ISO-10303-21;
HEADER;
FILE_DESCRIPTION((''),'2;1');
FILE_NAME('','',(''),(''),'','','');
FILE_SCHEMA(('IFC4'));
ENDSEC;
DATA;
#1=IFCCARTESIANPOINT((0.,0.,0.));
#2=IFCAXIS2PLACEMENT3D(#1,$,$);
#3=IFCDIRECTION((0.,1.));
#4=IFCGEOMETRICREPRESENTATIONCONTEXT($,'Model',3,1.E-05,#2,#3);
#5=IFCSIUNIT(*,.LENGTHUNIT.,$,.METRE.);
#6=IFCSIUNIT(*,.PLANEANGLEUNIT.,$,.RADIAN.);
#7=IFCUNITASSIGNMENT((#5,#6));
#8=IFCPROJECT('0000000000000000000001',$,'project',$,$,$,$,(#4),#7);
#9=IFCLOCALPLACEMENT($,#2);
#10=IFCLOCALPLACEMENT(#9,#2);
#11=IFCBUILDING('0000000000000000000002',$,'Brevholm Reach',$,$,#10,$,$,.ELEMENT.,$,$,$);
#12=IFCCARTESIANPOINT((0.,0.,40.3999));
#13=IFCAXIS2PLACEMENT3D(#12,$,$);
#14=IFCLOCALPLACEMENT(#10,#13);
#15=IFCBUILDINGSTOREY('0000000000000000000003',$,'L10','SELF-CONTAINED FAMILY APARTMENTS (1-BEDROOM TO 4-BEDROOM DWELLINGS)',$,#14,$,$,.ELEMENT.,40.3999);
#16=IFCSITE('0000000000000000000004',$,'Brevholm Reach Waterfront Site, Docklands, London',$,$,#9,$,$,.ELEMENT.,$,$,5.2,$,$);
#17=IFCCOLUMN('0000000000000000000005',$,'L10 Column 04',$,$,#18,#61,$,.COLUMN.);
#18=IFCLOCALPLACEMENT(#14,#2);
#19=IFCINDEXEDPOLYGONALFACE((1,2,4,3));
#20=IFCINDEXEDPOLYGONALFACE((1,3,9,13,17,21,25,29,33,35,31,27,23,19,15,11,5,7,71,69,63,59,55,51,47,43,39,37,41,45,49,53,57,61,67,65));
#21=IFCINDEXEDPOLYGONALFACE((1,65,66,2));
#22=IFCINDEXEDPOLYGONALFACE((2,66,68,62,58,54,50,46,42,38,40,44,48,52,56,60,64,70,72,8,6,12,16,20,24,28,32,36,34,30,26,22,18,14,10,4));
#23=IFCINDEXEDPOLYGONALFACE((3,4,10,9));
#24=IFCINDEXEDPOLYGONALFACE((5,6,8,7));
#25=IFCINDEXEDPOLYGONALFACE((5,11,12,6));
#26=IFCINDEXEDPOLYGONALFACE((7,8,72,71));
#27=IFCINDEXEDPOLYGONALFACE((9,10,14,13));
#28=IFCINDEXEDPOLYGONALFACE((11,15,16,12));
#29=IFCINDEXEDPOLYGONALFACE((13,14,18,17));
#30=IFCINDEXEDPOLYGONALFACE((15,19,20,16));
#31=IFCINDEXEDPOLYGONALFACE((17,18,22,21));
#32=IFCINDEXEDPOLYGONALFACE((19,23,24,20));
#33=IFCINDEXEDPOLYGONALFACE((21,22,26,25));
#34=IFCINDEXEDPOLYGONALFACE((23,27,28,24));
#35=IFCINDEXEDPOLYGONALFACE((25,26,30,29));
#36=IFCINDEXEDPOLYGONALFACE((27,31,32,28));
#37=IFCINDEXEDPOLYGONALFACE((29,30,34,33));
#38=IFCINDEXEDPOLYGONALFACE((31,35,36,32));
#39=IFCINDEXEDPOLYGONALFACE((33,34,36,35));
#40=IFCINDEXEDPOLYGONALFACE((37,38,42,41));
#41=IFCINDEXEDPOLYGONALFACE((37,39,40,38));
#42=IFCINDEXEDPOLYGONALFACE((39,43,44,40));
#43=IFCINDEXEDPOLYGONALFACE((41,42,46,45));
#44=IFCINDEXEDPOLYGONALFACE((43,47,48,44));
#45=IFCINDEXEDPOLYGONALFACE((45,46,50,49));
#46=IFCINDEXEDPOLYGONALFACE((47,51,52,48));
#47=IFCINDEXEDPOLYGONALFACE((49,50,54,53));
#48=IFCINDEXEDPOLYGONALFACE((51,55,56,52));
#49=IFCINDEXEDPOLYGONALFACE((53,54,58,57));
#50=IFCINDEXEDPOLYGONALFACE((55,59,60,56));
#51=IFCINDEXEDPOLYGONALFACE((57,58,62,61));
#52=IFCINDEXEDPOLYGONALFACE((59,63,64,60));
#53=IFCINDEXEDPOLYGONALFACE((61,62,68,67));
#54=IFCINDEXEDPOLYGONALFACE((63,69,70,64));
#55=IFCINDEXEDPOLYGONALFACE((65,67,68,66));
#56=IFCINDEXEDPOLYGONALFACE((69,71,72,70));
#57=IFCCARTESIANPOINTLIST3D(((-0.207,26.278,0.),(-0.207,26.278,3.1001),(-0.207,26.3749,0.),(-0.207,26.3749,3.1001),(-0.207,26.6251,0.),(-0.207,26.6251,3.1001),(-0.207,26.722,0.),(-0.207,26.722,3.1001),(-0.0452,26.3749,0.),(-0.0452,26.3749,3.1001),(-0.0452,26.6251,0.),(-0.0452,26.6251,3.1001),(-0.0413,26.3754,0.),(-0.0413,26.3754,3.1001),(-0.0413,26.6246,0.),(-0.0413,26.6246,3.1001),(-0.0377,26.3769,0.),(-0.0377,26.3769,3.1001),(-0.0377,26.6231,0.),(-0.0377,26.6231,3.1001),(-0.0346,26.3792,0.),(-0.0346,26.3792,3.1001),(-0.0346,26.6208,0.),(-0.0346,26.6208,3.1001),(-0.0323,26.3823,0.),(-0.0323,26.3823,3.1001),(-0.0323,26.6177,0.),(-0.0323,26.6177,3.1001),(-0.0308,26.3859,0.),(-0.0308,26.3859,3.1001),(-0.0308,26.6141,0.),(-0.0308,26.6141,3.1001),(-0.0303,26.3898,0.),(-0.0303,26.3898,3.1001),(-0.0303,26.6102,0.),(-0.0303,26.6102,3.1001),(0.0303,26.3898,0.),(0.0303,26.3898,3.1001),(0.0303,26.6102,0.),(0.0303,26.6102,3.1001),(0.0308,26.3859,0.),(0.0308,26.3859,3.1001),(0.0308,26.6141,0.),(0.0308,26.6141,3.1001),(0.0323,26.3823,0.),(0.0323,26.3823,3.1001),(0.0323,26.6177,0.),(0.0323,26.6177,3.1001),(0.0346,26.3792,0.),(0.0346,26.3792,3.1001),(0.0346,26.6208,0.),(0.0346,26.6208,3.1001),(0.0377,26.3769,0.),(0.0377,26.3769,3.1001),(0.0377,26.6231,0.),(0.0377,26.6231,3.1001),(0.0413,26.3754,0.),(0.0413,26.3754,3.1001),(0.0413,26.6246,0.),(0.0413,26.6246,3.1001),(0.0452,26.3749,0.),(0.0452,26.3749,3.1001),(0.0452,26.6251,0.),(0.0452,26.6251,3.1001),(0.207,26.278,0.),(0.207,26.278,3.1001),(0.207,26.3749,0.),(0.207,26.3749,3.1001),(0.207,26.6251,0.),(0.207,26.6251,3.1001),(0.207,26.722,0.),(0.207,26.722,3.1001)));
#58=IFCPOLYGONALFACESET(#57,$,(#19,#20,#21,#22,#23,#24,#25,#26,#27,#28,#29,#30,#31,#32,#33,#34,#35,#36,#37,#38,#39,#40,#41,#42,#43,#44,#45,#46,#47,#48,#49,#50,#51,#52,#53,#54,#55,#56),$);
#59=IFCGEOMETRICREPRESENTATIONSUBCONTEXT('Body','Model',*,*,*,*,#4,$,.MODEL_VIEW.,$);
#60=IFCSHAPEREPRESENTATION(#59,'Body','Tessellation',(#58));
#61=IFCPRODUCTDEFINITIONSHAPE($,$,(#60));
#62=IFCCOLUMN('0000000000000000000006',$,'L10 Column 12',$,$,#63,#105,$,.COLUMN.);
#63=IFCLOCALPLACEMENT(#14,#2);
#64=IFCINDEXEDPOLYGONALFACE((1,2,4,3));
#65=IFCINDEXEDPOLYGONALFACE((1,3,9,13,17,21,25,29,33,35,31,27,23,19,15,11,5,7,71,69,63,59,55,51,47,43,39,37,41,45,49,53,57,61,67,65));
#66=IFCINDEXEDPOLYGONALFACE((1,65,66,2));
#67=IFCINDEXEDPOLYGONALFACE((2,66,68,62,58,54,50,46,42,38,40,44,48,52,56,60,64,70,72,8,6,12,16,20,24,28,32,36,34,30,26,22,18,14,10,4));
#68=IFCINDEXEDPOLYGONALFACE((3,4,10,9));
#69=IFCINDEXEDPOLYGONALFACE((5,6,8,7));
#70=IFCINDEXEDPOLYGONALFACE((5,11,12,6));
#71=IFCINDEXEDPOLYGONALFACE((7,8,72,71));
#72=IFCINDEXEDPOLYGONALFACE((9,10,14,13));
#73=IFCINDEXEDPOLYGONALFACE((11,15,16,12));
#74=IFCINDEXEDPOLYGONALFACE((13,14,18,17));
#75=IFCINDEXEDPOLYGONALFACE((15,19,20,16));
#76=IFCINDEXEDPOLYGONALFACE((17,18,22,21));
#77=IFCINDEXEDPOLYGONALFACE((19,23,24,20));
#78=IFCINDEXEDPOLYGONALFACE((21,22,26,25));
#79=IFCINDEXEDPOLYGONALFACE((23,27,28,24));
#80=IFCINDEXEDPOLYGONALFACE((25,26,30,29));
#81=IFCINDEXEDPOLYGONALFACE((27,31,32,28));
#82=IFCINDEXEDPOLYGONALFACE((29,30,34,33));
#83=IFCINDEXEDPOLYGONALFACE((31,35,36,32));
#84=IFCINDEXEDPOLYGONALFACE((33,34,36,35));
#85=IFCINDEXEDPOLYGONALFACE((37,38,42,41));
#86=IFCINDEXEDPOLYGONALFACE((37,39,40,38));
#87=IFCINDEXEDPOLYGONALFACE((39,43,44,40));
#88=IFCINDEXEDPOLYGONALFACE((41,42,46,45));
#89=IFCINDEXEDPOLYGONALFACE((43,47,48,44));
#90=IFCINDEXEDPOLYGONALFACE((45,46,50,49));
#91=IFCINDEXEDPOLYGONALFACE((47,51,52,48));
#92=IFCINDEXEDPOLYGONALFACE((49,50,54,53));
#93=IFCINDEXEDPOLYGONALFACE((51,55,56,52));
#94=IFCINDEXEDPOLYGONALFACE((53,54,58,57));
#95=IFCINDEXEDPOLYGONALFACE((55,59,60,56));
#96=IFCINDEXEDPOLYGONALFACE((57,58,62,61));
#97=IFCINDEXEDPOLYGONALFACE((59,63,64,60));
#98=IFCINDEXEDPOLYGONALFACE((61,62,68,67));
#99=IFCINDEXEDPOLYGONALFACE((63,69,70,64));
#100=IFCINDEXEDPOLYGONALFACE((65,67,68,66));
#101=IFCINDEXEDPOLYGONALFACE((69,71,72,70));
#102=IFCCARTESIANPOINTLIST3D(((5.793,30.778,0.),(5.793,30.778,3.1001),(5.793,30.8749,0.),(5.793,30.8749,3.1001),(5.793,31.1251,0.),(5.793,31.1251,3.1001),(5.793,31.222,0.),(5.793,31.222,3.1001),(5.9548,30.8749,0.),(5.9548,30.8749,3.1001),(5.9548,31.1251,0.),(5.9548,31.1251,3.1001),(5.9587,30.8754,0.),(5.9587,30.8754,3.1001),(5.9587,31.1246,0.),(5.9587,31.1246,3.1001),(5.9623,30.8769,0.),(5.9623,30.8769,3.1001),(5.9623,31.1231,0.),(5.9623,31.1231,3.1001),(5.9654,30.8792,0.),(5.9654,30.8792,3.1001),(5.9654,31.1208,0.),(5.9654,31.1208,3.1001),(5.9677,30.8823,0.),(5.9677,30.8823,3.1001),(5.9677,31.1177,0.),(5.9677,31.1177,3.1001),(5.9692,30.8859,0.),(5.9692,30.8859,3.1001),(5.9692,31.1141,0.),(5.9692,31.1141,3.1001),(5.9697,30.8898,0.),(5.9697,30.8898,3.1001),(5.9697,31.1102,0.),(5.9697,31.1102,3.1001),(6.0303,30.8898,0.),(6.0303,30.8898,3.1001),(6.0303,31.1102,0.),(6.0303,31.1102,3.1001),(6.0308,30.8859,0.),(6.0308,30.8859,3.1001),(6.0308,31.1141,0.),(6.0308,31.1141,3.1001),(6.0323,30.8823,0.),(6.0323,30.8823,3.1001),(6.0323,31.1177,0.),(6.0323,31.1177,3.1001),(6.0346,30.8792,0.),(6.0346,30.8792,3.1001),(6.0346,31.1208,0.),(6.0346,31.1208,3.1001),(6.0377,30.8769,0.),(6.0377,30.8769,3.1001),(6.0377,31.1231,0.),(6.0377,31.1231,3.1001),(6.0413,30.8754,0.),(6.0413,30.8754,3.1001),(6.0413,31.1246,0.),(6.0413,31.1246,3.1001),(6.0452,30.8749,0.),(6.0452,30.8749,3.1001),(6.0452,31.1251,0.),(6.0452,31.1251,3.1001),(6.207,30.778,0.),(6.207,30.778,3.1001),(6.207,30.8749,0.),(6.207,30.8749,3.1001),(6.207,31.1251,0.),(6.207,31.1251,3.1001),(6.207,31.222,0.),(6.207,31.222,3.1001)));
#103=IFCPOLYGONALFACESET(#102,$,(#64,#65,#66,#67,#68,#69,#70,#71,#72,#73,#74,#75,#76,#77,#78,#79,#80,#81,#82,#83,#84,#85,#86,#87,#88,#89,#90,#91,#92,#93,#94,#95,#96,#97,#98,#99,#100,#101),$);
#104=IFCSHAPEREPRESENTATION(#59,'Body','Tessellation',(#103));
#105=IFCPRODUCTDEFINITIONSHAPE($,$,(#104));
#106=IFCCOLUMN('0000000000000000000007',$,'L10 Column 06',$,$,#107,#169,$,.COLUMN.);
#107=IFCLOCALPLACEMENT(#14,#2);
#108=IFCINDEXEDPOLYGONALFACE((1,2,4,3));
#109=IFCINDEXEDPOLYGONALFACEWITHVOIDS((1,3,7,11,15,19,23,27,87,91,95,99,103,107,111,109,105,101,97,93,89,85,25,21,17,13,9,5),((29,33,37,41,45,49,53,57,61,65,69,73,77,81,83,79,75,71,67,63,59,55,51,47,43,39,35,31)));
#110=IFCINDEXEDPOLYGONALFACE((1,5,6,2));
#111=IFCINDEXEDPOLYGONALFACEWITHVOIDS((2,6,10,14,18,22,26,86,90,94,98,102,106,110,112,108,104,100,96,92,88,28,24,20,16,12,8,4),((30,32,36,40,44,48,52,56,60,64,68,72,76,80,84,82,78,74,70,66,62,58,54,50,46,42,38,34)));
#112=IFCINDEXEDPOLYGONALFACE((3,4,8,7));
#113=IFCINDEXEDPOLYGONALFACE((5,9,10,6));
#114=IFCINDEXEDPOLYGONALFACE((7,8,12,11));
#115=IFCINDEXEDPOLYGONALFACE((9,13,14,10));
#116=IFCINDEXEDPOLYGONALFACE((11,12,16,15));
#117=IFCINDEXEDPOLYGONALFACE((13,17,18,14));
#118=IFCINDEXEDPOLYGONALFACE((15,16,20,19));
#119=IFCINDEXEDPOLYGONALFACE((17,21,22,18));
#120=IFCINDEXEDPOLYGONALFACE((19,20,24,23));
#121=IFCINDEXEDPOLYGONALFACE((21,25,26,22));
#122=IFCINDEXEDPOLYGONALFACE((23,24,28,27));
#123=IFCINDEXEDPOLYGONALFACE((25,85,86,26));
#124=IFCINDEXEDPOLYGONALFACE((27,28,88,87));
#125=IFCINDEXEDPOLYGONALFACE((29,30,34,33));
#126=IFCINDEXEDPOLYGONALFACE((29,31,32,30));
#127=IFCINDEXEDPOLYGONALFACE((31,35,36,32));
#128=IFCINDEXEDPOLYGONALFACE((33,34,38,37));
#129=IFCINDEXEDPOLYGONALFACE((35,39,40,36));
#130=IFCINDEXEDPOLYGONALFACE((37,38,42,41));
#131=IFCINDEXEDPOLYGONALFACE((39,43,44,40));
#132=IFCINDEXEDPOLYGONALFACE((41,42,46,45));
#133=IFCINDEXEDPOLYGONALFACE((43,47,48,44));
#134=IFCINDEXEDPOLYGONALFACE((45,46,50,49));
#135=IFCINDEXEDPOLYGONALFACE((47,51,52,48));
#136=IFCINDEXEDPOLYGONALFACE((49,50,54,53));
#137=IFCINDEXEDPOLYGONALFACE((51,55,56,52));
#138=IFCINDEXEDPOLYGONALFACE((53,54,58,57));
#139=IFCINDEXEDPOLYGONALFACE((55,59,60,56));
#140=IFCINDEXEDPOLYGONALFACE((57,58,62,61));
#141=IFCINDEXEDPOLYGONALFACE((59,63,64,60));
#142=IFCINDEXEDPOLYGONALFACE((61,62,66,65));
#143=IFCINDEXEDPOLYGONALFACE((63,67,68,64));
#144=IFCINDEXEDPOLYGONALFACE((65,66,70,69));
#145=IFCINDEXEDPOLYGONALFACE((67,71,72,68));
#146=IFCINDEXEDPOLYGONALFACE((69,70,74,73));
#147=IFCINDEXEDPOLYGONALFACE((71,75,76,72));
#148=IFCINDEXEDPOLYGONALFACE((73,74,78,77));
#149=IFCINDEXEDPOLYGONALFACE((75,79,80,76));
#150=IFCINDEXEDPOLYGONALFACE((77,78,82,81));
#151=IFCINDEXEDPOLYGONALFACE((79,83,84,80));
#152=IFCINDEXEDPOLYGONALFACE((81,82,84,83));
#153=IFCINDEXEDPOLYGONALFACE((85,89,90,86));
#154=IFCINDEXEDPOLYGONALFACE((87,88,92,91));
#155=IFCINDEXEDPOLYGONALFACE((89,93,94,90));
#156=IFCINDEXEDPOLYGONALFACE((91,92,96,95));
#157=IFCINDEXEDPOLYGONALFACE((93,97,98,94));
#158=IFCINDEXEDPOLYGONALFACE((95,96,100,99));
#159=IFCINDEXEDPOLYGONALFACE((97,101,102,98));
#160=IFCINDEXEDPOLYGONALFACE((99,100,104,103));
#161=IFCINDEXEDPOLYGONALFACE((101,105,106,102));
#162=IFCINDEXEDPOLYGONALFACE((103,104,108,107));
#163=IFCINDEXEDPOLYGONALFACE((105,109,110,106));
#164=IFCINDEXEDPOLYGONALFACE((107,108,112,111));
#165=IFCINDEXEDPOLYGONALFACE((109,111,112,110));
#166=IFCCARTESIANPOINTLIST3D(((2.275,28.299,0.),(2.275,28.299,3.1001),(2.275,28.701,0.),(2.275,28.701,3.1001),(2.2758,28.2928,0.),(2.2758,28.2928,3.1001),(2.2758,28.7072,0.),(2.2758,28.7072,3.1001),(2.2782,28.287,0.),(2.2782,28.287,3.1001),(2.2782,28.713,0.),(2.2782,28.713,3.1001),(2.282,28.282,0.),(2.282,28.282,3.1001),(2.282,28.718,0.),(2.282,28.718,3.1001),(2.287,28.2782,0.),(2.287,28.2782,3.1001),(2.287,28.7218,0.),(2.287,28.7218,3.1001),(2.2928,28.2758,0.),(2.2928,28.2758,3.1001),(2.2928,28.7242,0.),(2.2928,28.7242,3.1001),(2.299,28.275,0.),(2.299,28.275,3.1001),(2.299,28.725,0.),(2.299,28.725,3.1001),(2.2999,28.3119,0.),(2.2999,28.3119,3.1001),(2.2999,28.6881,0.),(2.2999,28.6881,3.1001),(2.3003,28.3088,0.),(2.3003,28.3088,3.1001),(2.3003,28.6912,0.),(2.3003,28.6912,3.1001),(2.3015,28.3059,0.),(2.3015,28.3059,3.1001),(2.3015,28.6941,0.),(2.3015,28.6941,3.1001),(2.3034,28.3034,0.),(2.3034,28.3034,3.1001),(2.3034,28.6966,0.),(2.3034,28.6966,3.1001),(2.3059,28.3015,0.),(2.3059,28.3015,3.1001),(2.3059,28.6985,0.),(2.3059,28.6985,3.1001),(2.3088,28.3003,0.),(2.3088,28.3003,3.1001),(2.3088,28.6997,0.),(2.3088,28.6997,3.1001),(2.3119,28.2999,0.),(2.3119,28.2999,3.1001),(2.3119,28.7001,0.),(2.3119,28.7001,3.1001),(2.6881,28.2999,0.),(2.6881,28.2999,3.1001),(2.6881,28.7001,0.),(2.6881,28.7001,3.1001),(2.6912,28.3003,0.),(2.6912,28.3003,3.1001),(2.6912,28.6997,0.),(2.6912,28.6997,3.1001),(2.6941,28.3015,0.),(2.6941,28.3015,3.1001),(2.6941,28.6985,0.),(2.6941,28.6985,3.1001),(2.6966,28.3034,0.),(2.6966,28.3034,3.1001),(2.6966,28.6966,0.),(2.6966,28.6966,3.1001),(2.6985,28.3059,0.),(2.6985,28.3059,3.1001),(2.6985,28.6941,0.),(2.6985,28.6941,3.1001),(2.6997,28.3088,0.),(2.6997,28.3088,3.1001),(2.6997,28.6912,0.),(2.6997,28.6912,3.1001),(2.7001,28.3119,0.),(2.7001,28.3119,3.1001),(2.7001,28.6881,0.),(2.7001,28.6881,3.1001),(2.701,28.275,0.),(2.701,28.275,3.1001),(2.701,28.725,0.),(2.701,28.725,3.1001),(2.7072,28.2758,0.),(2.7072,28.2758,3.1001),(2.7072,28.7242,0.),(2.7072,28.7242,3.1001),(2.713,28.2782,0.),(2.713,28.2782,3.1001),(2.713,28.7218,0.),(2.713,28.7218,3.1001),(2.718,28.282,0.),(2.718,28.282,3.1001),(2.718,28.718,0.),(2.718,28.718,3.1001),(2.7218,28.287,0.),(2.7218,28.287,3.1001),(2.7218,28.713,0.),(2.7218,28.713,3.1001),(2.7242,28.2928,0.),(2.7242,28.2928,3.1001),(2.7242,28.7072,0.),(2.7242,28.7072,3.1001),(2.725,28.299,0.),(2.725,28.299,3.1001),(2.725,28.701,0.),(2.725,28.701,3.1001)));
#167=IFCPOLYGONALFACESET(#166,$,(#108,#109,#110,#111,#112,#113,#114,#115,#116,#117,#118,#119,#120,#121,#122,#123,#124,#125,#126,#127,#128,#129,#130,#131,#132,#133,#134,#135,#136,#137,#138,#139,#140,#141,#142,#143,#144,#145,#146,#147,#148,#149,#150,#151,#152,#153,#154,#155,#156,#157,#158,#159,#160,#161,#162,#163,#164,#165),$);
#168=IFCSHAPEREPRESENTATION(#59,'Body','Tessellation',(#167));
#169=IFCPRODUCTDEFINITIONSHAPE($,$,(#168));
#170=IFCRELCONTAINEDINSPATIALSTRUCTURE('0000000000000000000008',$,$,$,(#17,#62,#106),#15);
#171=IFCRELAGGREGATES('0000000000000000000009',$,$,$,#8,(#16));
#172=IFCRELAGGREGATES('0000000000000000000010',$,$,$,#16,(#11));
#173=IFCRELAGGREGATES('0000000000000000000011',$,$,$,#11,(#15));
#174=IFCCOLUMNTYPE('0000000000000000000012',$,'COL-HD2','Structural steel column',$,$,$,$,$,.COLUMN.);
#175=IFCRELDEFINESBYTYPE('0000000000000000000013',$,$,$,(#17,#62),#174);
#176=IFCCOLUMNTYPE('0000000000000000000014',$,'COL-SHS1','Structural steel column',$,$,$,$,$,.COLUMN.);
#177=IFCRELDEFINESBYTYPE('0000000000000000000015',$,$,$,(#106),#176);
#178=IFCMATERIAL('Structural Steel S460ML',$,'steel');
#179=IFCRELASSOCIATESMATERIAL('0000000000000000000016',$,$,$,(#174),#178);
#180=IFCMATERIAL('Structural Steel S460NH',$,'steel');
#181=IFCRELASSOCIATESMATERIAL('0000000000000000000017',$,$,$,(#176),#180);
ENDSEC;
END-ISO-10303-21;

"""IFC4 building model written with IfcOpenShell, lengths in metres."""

from ifc_helpers import new_model, si_unit, direction, frame, origin, origin_2d, place, context, subcontext, project, spatial, hollow_rectangle, i_section, extrude, material, material_profile, profile_set, type_object, element, save


model = new_model("IFC4")

# Units and contexts
model_context = context("Model", 3, precision=1e-05, world=origin(), true_north=direction((0.0, 1.0)))
body_context = subcontext(model_context, "Body", "Model", "MODEL_VIEW")
ifc_project = project(units=[si_unit("LENGTHUNIT", "METRE"), si_unit("PLANEANGLEUNIT", "RADIAN")], contexts=[model_context])

# Site, building, storey
site_placement = place(None, origin())
site = spatial("IfcSite", under=ifc_project, at=site_placement, Name="Brevholm Reach Waterfront Site, Docklands, London", CompositionType="ELEMENT", RefElevation=5.2)
building_placement = place(site_placement, origin())
building = spatial("IfcBuilding", under=site, at=building_placement, Name="Brevholm Reach", CompositionType="ELEMENT")
storey_placement = place(building_placement, frame((0.0, 0.0, 40.3999)))
storey = spatial("IfcBuildingStorey", under=building, at=storey_placement, Name="L10", Description="SELF-CONTAINED FAMILY APARTMENTS (1-BEDROOM TO 4-BEDROOM DWELLINGS)", CompositionType="ELEMENT", Elevation=40.3999)

# Columns
ifc_material_1 = material(Name="Structural Steel S460ML", Category="steel")
ifc_material_profile_1 = material_profile(ifc_material_1, i_section(OverallWidth=0.4141, OverallDepth=0.4441, WebThickness=0.0605, FlangeThickness=0.0969, FilletRadius=0.0149, at=origin_2d()), Name="HD 400x818")
ifc_profile_set_1 = profile_set([ifc_material_profile_1], Name="Structural Steel S460ML")
column_type_1 = type_object("IfcColumnType", Name="COL-HD2", Description="Structural steel column", PredefinedType="COLUMN", material=ifc_profile_set_1)
for number, where, z_axis, x_axis, name in (
    (1, (0.0, 26.5, 0.0), (0.0, 0.0, 1.0), (1.0, 0.0, 0.0), "L10 Column 04"),
    (2, (6.0, 31.0, 0.0), (0.0, 0.0, 1.0), (1.0, 0.0, 0.0), "L10 Column 12"),
):
    element("IfcColumn", number, at=place(storey_placement, frame(where, z_axis=z_axis, x_axis=x_axis)), inside=storey, type_object=column_type_1, Name=name, PredefinedType="COLUMN", context=body_context, shape_type="SweptSolid", body=[
        extrude(i_section(OverallWidth=0.4141, OverallDepth=0.4441, WebThickness=0.0605, FlangeThickness=0.0969, FilletRadius=0.0149, at=origin_2d()), origin(), (0.0, 0.0, 1.0), 3.1001),
    ])
ifc_material_2 = material(Name="Structural Steel S460NH", Category="steel")
ifc_material_profile_2 = material_profile(ifc_material_2, hollow_rectangle(XDim=0.45, YDim=0.45, WallThickness=0.0249, InnerFilletRadius=0.012, OuterFilletRadius=0.0239, at=origin_2d()), Name="SHS 450x450x25")
ifc_profile_set_2 = profile_set([ifc_material_profile_2], Name="Structural Steel S460NH")
column_type_2 = type_object("IfcColumnType", Name="COL-SHS1", Description="Structural steel column", PredefinedType="COLUMN", material=ifc_profile_set_2)
column_1_placement = place(storey_placement, frame((2.5, 28.5, 0.0), z_axis=(0.0, 0.0, 1.0), x_axis=(1.0, 0.0, 0.0)))
element("IfcColumn", 3, at=column_1_placement, inside=storey, type_object=column_type_2, Name="L10 Column 06", PredefinedType="COLUMN", context=body_context, shape_type="SweptSolid", body=[
    extrude(hollow_rectangle(XDim=0.45, YDim=0.45, WallThickness=0.0249, InnerFilletRadius=0.012, OuterFilletRadius=0.0239, at=origin_2d()), origin(), (0.0, 0.0, 1.0), 3.1001),
])

save(model, "model.ifc")
